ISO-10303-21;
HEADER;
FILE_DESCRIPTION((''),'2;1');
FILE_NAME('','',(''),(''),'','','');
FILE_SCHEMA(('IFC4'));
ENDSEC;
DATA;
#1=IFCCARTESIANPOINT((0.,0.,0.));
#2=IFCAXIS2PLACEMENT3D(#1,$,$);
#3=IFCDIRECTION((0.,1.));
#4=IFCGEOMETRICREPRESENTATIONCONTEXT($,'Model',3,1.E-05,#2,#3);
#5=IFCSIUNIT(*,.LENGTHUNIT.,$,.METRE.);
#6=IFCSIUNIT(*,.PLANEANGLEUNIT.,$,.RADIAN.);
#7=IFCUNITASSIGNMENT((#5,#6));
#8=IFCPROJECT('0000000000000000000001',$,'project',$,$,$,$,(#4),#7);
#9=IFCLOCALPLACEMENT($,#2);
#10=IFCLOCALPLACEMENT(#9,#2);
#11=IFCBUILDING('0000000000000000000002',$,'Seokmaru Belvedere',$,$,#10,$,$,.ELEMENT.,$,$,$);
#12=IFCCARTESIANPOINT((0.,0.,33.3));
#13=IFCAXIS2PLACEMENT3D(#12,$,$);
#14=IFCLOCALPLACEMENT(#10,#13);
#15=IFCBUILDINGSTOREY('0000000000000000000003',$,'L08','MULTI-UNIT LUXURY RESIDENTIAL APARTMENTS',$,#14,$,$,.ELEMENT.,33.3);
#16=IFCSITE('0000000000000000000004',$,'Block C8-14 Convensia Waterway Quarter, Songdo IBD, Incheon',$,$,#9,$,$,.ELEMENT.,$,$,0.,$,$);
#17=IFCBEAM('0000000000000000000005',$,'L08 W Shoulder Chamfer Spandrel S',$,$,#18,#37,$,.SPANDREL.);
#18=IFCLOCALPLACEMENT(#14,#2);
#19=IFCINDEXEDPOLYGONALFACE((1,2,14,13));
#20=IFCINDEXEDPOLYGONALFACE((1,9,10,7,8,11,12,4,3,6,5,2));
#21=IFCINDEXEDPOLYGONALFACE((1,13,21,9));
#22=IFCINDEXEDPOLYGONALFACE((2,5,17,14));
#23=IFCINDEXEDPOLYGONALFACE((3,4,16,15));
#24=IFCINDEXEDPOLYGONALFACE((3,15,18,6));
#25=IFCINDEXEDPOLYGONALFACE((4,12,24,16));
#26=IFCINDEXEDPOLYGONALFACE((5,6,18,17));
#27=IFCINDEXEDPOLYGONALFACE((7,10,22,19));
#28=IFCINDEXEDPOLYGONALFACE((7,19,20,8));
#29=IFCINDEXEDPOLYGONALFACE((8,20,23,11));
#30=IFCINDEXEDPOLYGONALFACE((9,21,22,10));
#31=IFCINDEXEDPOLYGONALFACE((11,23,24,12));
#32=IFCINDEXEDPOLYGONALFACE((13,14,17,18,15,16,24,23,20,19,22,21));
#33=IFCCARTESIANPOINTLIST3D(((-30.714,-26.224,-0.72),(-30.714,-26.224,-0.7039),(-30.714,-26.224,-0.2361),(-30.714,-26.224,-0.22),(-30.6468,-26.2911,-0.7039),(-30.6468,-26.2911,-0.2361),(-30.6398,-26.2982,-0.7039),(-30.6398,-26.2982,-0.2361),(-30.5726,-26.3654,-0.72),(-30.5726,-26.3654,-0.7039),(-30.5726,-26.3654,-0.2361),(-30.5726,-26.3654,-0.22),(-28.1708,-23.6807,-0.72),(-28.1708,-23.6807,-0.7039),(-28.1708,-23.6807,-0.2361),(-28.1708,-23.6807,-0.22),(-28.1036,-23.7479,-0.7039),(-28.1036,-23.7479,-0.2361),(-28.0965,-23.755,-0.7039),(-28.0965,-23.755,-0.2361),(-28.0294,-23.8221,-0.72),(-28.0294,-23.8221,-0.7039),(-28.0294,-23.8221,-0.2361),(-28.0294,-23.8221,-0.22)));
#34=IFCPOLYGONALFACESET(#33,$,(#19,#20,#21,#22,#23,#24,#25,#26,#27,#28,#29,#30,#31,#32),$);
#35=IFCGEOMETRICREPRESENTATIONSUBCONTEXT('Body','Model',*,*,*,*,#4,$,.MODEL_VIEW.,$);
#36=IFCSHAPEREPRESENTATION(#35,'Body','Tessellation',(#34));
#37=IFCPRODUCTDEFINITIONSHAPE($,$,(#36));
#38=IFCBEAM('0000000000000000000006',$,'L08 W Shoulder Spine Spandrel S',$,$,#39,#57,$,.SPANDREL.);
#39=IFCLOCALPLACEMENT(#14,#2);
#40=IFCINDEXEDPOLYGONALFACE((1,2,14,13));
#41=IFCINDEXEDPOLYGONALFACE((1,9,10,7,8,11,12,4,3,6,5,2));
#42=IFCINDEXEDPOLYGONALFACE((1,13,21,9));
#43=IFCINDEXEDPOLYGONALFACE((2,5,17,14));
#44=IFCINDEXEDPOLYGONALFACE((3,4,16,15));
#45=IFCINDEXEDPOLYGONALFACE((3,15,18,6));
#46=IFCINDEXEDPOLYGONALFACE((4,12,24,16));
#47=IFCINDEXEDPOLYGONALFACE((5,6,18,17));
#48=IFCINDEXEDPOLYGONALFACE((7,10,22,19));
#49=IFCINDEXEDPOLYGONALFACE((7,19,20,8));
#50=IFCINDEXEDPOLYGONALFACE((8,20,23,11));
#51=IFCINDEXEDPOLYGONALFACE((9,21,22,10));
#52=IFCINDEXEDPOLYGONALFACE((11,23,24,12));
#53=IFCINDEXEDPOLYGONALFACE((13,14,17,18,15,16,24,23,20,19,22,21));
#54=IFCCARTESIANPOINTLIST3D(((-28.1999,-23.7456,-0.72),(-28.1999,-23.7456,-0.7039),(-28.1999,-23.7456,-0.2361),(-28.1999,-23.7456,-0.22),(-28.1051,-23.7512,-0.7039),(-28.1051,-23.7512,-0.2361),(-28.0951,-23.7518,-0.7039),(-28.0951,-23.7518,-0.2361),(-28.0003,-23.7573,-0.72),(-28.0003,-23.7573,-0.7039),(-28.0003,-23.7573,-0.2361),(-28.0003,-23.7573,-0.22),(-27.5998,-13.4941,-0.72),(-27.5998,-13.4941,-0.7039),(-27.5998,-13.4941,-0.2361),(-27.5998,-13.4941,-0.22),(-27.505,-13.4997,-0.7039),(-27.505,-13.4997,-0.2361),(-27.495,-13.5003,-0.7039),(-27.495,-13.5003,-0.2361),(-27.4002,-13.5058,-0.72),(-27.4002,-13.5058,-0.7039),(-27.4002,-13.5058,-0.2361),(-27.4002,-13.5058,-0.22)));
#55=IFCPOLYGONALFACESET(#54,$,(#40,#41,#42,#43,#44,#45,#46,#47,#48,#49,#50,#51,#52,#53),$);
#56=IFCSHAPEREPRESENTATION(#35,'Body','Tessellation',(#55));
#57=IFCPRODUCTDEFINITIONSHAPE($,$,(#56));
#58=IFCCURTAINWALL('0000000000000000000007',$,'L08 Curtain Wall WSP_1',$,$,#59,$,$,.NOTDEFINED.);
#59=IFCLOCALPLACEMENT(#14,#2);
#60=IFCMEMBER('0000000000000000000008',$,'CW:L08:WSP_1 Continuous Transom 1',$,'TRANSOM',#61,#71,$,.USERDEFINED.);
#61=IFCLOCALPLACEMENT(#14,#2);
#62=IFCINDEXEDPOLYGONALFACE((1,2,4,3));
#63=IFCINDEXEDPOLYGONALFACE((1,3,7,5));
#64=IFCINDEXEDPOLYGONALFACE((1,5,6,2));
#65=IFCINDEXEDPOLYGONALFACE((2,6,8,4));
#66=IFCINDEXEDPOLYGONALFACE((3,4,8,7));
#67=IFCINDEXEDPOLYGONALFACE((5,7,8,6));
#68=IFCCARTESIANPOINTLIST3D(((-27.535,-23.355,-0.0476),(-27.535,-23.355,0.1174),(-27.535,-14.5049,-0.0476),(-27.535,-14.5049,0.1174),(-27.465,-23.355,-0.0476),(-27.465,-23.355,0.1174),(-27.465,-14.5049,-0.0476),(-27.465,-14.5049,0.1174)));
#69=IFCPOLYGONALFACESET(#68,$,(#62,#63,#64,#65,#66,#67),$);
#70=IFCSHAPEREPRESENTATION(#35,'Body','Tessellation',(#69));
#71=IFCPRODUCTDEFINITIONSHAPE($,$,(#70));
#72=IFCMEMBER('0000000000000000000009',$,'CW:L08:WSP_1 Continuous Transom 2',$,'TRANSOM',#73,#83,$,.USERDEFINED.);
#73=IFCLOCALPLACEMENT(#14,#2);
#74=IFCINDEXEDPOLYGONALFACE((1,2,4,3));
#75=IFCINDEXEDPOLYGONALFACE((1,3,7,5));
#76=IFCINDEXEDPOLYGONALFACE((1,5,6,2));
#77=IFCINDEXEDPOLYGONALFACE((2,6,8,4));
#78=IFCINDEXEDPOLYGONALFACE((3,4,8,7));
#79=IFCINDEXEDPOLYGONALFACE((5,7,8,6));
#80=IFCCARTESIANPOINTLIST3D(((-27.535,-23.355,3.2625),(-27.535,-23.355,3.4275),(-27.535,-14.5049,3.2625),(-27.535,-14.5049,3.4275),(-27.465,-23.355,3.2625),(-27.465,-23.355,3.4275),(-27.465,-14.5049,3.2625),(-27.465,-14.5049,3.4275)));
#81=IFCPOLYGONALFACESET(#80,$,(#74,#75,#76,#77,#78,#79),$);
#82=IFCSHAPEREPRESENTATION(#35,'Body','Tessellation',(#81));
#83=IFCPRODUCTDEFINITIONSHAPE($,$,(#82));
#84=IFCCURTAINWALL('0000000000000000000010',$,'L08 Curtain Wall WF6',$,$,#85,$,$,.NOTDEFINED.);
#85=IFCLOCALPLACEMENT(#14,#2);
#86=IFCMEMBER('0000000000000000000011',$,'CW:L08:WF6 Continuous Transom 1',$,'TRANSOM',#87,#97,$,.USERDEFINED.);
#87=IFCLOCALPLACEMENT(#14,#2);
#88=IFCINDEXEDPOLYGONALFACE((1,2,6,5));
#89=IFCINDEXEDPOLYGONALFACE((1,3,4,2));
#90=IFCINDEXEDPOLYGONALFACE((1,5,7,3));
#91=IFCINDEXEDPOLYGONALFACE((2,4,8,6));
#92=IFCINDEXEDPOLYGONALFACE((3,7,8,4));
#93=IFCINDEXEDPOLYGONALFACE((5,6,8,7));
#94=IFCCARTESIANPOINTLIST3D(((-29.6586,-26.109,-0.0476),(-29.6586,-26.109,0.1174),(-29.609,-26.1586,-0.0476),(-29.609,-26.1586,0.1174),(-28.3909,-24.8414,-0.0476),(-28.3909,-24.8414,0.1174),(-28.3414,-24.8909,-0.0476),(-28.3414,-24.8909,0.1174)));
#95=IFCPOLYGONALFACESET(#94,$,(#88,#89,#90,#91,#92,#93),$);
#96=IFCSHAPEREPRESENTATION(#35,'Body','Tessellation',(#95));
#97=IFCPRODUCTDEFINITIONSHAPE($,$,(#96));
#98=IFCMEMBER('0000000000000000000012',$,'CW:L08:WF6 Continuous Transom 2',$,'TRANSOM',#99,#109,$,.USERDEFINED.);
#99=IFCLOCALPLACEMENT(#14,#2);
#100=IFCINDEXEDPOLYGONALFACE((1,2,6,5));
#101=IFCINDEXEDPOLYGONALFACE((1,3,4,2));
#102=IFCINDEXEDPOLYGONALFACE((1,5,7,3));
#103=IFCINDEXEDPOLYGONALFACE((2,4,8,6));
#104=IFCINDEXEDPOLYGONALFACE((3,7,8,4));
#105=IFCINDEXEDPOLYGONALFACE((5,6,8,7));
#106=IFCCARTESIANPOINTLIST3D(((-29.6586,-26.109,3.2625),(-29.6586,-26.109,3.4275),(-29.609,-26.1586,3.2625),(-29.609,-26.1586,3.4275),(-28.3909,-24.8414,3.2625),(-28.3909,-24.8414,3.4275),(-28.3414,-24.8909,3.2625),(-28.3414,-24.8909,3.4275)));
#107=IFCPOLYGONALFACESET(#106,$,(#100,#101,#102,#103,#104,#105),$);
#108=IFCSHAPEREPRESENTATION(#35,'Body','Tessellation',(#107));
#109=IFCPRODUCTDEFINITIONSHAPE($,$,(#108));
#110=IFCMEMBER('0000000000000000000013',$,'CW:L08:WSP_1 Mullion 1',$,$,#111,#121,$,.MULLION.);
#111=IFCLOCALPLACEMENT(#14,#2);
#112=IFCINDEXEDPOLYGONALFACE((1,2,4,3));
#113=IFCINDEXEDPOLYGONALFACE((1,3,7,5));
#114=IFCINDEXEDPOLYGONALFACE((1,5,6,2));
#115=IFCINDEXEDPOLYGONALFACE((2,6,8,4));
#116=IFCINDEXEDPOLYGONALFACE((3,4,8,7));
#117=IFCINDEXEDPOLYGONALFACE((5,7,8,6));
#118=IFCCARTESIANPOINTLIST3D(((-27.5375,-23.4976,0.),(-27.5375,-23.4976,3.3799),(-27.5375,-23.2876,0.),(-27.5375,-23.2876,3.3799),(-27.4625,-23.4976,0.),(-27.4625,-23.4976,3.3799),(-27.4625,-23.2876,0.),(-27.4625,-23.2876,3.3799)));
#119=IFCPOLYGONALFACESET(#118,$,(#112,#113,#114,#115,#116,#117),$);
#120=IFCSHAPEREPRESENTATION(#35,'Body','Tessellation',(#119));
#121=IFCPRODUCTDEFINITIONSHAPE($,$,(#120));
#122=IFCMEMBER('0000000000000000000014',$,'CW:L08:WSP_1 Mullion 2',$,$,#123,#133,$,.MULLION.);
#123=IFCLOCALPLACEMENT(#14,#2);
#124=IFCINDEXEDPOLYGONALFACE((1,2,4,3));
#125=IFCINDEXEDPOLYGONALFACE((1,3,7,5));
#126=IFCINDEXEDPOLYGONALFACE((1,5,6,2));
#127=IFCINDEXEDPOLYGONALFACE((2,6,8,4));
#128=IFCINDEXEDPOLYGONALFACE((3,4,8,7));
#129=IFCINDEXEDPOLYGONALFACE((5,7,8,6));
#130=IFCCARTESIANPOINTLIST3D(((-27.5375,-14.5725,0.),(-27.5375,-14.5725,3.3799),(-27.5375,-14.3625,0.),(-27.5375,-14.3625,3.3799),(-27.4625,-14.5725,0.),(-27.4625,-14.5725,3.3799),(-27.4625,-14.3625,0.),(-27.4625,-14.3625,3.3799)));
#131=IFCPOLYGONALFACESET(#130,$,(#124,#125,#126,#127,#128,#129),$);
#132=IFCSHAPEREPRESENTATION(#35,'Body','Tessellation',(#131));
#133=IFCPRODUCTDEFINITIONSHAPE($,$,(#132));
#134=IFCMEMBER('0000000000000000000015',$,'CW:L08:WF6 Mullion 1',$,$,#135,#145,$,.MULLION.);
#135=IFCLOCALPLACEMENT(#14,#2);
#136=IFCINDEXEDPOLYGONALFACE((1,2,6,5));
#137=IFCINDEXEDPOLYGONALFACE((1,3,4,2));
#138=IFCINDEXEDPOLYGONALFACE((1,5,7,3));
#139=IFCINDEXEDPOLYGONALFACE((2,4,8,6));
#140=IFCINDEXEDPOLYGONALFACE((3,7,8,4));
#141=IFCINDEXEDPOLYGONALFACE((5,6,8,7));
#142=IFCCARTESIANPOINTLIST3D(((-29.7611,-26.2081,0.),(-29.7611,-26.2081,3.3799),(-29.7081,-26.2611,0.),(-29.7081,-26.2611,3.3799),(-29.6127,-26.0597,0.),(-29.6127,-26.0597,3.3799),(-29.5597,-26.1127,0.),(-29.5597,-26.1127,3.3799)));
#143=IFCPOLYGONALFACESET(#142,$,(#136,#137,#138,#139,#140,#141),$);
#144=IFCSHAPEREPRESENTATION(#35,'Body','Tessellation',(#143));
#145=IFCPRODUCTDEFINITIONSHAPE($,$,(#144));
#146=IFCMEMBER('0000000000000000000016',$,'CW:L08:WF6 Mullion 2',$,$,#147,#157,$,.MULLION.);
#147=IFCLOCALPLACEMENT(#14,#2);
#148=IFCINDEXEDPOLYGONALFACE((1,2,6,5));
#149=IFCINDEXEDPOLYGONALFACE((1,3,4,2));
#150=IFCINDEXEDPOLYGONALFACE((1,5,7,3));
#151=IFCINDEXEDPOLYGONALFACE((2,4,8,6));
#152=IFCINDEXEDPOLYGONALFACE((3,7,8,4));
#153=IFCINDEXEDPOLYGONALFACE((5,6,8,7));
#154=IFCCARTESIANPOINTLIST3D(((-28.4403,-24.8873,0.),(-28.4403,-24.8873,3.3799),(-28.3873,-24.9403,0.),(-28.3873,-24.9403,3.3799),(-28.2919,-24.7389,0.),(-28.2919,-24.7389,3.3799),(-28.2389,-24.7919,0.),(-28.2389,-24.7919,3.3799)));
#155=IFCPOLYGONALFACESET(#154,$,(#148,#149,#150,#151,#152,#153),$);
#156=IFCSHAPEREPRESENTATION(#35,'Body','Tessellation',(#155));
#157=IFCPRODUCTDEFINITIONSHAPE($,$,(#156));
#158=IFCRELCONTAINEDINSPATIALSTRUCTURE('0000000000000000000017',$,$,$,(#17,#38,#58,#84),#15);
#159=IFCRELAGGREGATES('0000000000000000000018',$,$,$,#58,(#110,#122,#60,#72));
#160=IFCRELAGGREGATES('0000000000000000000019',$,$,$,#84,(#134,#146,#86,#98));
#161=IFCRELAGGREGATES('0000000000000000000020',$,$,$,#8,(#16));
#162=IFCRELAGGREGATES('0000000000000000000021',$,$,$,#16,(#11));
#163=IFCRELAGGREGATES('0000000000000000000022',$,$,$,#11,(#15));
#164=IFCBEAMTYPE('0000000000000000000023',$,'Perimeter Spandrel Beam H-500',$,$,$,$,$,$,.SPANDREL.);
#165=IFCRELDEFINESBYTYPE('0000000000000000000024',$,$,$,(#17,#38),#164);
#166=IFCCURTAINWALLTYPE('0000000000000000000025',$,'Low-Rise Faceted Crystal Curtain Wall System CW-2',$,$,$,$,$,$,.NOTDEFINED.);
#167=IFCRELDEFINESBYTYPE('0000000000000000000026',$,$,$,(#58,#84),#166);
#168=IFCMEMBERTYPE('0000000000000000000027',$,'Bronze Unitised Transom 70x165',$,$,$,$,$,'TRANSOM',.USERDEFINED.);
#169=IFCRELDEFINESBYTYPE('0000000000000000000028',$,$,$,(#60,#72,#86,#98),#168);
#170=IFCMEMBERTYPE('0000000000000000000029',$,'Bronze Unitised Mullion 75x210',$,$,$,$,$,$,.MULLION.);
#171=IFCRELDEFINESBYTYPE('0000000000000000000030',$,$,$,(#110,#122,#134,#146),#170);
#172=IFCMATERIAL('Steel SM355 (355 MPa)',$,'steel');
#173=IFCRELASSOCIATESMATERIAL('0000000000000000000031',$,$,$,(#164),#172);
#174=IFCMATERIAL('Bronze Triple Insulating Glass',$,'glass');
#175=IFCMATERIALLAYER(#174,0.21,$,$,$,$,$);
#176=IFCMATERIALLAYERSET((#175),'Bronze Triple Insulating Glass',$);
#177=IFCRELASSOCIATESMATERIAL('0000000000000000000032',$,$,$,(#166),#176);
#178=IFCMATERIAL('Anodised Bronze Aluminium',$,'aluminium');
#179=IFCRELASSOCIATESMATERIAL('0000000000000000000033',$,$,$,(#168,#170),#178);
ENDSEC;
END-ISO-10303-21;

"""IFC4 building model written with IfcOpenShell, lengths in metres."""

from ifc_helpers import new_model, si_unit, direction, frame, origin, origin_2d, place, context, subcontext, project, spatial, rectangle, i_section, extrude, source, transform, mapped, material, layer, layer_set, material_profile, profile_set, type_object, type_shapes, element, aggregate, save


model = new_model("IFC4")

# Units and contexts
model_context = context("Model", 3, precision=1e-05, world=origin(), true_north=direction((0.0, 1.0)))
body_context = subcontext(model_context, "Body", "Model", "MODEL_VIEW")
ifc_project = project(units=[si_unit("LENGTHUNIT", "METRE"), si_unit("PLANEANGLEUNIT", "RADIAN")], contexts=[model_context])

# Site, building, storey
site_placement = place(None, origin())
site = spatial("IfcSite", under=ifc_project, at=site_placement, Name="Block C8-14 Convensia Waterway Quarter, Songdo IBD, Incheon", CompositionType="ELEMENT", RefElevation=0.0)
building_placement = place(site_placement, origin())
building = spatial("IfcBuilding", under=site, at=building_placement, Name="Seokmaru Belvedere", CompositionType="ELEMENT")
storey_placement = place(building_placement, frame((0.0, 0.0, 33.3)))
storey = spatial("IfcBuildingStorey", under=building, at=storey_placement, Name="L08", Description="MULTI-UNIT LUXURY RESIDENTIAL APARTMENTS", CompositionType="ELEMENT", Elevation=33.3)

# Shared definitions
ifc_material_1 = material(Name="Steel SM355 (355 MPa)", Category="steel")

# Beams
ifc_material_profile_1 = material_profile(ifc_material_1, i_section(OverallWidth=0.2, OverallDepth=0.5, WebThickness=0.01, FlangeThickness=0.0161, at=origin_2d()), Name="H-500x200x10x16")
ifc_profile_set_1 = profile_set([ifc_material_profile_1], Name="Steel SM355 (355 MPa)")
beam_type = type_object("IfcBeamType", Name="Perimeter Spandrel Beam H-500", PredefinedType="SPANDREL", material=ifc_profile_set_1)
shared_shape_1 = source(origin(), body_context, "Body", "SweptSolid", [
    extrude(i_section(OverallWidth=0.2, OverallDepth=0.5, WebThickness=0.01, FlangeThickness=0.0161, at=origin_2d()), origin(), (0.0, 0.0, 1.0), 3.5967),
])
beam_1_placement = place(storey_placement, frame((-30.6433, -26.2947, -0.47), z_axis=(0.707107, 0.707107, 0.0), x_axis=(-0.707107, 0.707107, 0.0)))
element("IfcBeam", 1, at=beam_1_placement, inside=storey, type_object=beam_type, Name="L08 W Shoulder Chamfer Spandrel S", PredefinedType="SPANDREL", context=body_context, shape_type="MappedRepresentation", body=[
    mapped(shared_shape_1, transform((0.0, 0.0, 0.0), scale=1.0)),
])
shared_shape_2 = source(origin(), body_context, "Body", "SweptSolid", [
    extrude(i_section(OverallWidth=0.2, OverallDepth=0.5, WebThickness=0.01, FlangeThickness=0.0161, at=origin_2d()), origin(), (0.0, 0.0, 1.0), 10.269),
])
beam_2_placement = place(storey_placement, frame((-28.1001, -23.7515, -0.47), z_axis=(0.058438, 0.998291, 0.0), x_axis=(-0.998291, 0.058438, 0.0)))
element("IfcBeam", 2, at=beam_2_placement, inside=storey, type_object=beam_type, Name="L08 W Shoulder Spine Spandrel S", PredefinedType="SPANDREL", context=body_context, shape_type="MappedRepresentation", body=[
    mapped(shared_shape_2, transform((0.0, 0.0, 0.0), scale=1.0)),
])

# Curtain walls, members
ifc_material_2 = material(Name="Bronze Triple Insulating Glass", Category="glass")
ifc_layer_1 = layer(ifc_material_2, 0.21)
ifc_layer_set_1 = layer_set([ifc_layer_1], Name="Bronze Triple Insulating Glass")
curtain_wall_type = type_object("IfcCurtainWallType", Name="Low-Rise Faceted Crystal Curtain Wall System CW-2", PredefinedType="NOTDEFINED", material=ifc_layer_set_1)
curtain_wall_1_placement = place(storey_placement, origin())
curtain_wall_1 = element("IfcCurtainWall", 3, at=curtain_wall_1_placement, inside=storey, type_object=curtain_wall_type, Name="L08 Curtain Wall WSP_1", PredefinedType="NOTDEFINED")
ifc_material_3 = material(Name="Anodised Bronze Aluminium", Category="aluminium")
ifc_material_profile_2 = material_profile(ifc_material_3, rectangle(XDim=0.0701, YDim=0.165, at=origin_2d()), Name="CW-T-70x165")
ifc_profile_set_2 = profile_set([ifc_material_profile_2], Name="Anodised Bronze Aluminium")
member_type_1 = type_object("IfcMemberType", Name="Bronze Unitised Transom 70x165", ElementType="TRANSOM", PredefinedType="USERDEFINED", material=ifc_profile_set_2)
shared_shape_3 = source(origin(), body_context, "Body", "SweptSolid", [
    extrude(rectangle(XDim=0.0701, YDim=0.165, at=origin_2d()), origin(), (0.0, 0.0, 1.0), 8.8501),
])
member_1_placement = place(storey_placement, frame((-27.5, -23.355, 0.0349), z_axis=(0.0, 1.0, 0.0), x_axis=(-1.0, 0.0, 0.0)))
member_1 = element("IfcMember", 4, at=member_1_placement, type_object=member_type_1, Name="CW:L08:WSP_1 Continuous Transom 1", ObjectType="TRANSOM", PredefinedType="USERDEFINED", context=body_context, shape_type="MappedRepresentation", body=[
    mapped(shared_shape_3, transform((0.0, 0.0, 0.0), scale=1.0)),
])
member_2_placement = place(storey_placement, frame((-27.5, -23.355, 3.345), z_axis=(0.0, 1.0, 0.0), x_axis=(-1.0, 0.0, 0.0)))
member_2 = element("IfcMember", 5, at=member_2_placement, type_object=member_type_1, Name="CW:L08:WSP_1 Continuous Transom 2", ObjectType="TRANSOM", PredefinedType="USERDEFINED", context=body_context, shape_type="MappedRepresentation", body=[
    mapped(shared_shape_3, transform((0.0, 0.0, 0.0), scale=1.0)),
])
curtain_wall_2_placement = place(storey_placement, origin())
curtain_wall_2 = element("IfcCurtainWall", 6, at=curtain_wall_2_placement, inside=storey, type_object=curtain_wall_type, Name="L08 Curtain Wall WF6", PredefinedType="NOTDEFINED")
shared_shape_4 = source(origin(), body_context, "Body", "SweptSolid", [
    extrude(rectangle(XDim=0.0701, YDim=0.165, at=origin_2d()), origin(), (0.0, 0.0, 1.0), 1.7927),
])
type_shapes(member_type_1, [shared_shape_3, shared_shape_4])
member_3_placement = place(storey_placement, frame((-29.6338, -26.1338, 0.0349), z_axis=(0.707107, 0.707107, 0.0), x_axis=(-0.707107, 0.707107, 0.0)))
member_3 = element("IfcMember", 7, at=member_3_placement, type_object=member_type_1, Name="CW:L08:WF6 Continuous Transom 1", ObjectType="TRANSOM", PredefinedType="USERDEFINED", context=body_context, shape_type="MappedRepresentation", body=[
    mapped(shared_shape_4, transform((0.0, 0.0, 0.0), scale=1.0)),
])
member_4_placement = place(storey_placement, frame((-29.6338, -26.1338, 3.345), z_axis=(0.707107, 0.707107, 0.0), x_axis=(-0.707107, 0.707107, 0.0)))
member_4 = element("IfcMember", 8, at=member_4_placement, type_object=member_type_1, Name="CW:L08:WF6 Continuous Transom 2", ObjectType="TRANSOM", PredefinedType="USERDEFINED", context=body_context, shape_type="MappedRepresentation", body=[
    mapped(shared_shape_4, transform((0.0, 0.0, 0.0), scale=1.0)),
])

# Members
ifc_material_profile_3 = material_profile(ifc_material_3, rectangle(XDim=0.075, YDim=0.21, at=origin_2d()), Name="CW-M-75x210")
ifc_profile_set_3 = profile_set([ifc_material_profile_3], Name="Anodised Bronze Aluminium")
member_type_2 = type_object("IfcMemberType", Name="Bronze Unitised Mullion 75x210", PredefinedType="MULLION", material=ifc_profile_set_3)
shared_shape_5 = source(origin(), body_context, "Body", "SweptSolid", [
    extrude(rectangle(XDim=0.075, YDim=0.21, at=origin_2d()), origin(), (0.0, 0.0, 1.0), 3.3799),
])
type_shapes(member_type_2, [shared_shape_5])
member_5_placement = place(storey_placement, frame((-27.5, -23.3926, 0.0), z_axis=(0.0, 0.0, 1.0), x_axis=(-1.0, 0.0, 0.0)))
member_5 = element("IfcMember", 9, at=member_5_placement, type_object=member_type_2, Name="CW:L08:WSP_1 Mullion 1", PredefinedType="MULLION", context=body_context, shape_type="MappedRepresentation", body=[
    mapped(shared_shape_5, transform((0.0, 0.0, 0.0), scale=1.0)),
])
member_6_placement = place(storey_placement, frame((-27.5, -14.4675, 0.0), z_axis=(0.0, 0.0, 1.0), x_axis=(-1.0, 0.0, 0.0)))
member_6 = element("IfcMember", 10, at=member_6_placement, type_object=member_type_2, Name="CW:L08:WSP_1 Mullion 2", PredefinedType="MULLION", context=body_context, shape_type="MappedRepresentation", body=[
    mapped(shared_shape_5, transform((0.0, 0.0, 0.0), scale=1.0)),
])
member_7_placement = place(storey_placement, frame((-29.6604, -26.1604, 0.0), z_axis=(0.0, 0.0, 1.0), x_axis=(-0.707107, 0.707107, 0.0)))
member_7 = element("IfcMember", 11, at=member_7_placement, type_object=member_type_2, Name="CW:L08:WF6 Mullion 1", PredefinedType="MULLION", context=body_context, shape_type="MappedRepresentation", body=[
    mapped(shared_shape_5, transform((0.0, 0.0, 0.0), scale=1.0)),
])
member_8_placement = place(storey_placement, frame((-28.3396, -24.8396, 0.0), z_axis=(0.0, 0.0, 1.0), x_axis=(-0.707107, 0.707107, 0.0)))
member_8 = element("IfcMember", 12, at=member_8_placement, type_object=member_type_2, Name="CW:L08:WF6 Mullion 2", PredefinedType="MULLION", context=body_context, shape_type="MappedRepresentation", body=[
    mapped(shared_shape_5, transform((0.0, 0.0, 0.0), scale=1.0)),
])

aggregate(curtain_wall_1, [member_5, member_6, member_1, member_2])
aggregate(curtain_wall_2, [member_7, member_8, member_3, member_4])

save(model, "model.ifc")
